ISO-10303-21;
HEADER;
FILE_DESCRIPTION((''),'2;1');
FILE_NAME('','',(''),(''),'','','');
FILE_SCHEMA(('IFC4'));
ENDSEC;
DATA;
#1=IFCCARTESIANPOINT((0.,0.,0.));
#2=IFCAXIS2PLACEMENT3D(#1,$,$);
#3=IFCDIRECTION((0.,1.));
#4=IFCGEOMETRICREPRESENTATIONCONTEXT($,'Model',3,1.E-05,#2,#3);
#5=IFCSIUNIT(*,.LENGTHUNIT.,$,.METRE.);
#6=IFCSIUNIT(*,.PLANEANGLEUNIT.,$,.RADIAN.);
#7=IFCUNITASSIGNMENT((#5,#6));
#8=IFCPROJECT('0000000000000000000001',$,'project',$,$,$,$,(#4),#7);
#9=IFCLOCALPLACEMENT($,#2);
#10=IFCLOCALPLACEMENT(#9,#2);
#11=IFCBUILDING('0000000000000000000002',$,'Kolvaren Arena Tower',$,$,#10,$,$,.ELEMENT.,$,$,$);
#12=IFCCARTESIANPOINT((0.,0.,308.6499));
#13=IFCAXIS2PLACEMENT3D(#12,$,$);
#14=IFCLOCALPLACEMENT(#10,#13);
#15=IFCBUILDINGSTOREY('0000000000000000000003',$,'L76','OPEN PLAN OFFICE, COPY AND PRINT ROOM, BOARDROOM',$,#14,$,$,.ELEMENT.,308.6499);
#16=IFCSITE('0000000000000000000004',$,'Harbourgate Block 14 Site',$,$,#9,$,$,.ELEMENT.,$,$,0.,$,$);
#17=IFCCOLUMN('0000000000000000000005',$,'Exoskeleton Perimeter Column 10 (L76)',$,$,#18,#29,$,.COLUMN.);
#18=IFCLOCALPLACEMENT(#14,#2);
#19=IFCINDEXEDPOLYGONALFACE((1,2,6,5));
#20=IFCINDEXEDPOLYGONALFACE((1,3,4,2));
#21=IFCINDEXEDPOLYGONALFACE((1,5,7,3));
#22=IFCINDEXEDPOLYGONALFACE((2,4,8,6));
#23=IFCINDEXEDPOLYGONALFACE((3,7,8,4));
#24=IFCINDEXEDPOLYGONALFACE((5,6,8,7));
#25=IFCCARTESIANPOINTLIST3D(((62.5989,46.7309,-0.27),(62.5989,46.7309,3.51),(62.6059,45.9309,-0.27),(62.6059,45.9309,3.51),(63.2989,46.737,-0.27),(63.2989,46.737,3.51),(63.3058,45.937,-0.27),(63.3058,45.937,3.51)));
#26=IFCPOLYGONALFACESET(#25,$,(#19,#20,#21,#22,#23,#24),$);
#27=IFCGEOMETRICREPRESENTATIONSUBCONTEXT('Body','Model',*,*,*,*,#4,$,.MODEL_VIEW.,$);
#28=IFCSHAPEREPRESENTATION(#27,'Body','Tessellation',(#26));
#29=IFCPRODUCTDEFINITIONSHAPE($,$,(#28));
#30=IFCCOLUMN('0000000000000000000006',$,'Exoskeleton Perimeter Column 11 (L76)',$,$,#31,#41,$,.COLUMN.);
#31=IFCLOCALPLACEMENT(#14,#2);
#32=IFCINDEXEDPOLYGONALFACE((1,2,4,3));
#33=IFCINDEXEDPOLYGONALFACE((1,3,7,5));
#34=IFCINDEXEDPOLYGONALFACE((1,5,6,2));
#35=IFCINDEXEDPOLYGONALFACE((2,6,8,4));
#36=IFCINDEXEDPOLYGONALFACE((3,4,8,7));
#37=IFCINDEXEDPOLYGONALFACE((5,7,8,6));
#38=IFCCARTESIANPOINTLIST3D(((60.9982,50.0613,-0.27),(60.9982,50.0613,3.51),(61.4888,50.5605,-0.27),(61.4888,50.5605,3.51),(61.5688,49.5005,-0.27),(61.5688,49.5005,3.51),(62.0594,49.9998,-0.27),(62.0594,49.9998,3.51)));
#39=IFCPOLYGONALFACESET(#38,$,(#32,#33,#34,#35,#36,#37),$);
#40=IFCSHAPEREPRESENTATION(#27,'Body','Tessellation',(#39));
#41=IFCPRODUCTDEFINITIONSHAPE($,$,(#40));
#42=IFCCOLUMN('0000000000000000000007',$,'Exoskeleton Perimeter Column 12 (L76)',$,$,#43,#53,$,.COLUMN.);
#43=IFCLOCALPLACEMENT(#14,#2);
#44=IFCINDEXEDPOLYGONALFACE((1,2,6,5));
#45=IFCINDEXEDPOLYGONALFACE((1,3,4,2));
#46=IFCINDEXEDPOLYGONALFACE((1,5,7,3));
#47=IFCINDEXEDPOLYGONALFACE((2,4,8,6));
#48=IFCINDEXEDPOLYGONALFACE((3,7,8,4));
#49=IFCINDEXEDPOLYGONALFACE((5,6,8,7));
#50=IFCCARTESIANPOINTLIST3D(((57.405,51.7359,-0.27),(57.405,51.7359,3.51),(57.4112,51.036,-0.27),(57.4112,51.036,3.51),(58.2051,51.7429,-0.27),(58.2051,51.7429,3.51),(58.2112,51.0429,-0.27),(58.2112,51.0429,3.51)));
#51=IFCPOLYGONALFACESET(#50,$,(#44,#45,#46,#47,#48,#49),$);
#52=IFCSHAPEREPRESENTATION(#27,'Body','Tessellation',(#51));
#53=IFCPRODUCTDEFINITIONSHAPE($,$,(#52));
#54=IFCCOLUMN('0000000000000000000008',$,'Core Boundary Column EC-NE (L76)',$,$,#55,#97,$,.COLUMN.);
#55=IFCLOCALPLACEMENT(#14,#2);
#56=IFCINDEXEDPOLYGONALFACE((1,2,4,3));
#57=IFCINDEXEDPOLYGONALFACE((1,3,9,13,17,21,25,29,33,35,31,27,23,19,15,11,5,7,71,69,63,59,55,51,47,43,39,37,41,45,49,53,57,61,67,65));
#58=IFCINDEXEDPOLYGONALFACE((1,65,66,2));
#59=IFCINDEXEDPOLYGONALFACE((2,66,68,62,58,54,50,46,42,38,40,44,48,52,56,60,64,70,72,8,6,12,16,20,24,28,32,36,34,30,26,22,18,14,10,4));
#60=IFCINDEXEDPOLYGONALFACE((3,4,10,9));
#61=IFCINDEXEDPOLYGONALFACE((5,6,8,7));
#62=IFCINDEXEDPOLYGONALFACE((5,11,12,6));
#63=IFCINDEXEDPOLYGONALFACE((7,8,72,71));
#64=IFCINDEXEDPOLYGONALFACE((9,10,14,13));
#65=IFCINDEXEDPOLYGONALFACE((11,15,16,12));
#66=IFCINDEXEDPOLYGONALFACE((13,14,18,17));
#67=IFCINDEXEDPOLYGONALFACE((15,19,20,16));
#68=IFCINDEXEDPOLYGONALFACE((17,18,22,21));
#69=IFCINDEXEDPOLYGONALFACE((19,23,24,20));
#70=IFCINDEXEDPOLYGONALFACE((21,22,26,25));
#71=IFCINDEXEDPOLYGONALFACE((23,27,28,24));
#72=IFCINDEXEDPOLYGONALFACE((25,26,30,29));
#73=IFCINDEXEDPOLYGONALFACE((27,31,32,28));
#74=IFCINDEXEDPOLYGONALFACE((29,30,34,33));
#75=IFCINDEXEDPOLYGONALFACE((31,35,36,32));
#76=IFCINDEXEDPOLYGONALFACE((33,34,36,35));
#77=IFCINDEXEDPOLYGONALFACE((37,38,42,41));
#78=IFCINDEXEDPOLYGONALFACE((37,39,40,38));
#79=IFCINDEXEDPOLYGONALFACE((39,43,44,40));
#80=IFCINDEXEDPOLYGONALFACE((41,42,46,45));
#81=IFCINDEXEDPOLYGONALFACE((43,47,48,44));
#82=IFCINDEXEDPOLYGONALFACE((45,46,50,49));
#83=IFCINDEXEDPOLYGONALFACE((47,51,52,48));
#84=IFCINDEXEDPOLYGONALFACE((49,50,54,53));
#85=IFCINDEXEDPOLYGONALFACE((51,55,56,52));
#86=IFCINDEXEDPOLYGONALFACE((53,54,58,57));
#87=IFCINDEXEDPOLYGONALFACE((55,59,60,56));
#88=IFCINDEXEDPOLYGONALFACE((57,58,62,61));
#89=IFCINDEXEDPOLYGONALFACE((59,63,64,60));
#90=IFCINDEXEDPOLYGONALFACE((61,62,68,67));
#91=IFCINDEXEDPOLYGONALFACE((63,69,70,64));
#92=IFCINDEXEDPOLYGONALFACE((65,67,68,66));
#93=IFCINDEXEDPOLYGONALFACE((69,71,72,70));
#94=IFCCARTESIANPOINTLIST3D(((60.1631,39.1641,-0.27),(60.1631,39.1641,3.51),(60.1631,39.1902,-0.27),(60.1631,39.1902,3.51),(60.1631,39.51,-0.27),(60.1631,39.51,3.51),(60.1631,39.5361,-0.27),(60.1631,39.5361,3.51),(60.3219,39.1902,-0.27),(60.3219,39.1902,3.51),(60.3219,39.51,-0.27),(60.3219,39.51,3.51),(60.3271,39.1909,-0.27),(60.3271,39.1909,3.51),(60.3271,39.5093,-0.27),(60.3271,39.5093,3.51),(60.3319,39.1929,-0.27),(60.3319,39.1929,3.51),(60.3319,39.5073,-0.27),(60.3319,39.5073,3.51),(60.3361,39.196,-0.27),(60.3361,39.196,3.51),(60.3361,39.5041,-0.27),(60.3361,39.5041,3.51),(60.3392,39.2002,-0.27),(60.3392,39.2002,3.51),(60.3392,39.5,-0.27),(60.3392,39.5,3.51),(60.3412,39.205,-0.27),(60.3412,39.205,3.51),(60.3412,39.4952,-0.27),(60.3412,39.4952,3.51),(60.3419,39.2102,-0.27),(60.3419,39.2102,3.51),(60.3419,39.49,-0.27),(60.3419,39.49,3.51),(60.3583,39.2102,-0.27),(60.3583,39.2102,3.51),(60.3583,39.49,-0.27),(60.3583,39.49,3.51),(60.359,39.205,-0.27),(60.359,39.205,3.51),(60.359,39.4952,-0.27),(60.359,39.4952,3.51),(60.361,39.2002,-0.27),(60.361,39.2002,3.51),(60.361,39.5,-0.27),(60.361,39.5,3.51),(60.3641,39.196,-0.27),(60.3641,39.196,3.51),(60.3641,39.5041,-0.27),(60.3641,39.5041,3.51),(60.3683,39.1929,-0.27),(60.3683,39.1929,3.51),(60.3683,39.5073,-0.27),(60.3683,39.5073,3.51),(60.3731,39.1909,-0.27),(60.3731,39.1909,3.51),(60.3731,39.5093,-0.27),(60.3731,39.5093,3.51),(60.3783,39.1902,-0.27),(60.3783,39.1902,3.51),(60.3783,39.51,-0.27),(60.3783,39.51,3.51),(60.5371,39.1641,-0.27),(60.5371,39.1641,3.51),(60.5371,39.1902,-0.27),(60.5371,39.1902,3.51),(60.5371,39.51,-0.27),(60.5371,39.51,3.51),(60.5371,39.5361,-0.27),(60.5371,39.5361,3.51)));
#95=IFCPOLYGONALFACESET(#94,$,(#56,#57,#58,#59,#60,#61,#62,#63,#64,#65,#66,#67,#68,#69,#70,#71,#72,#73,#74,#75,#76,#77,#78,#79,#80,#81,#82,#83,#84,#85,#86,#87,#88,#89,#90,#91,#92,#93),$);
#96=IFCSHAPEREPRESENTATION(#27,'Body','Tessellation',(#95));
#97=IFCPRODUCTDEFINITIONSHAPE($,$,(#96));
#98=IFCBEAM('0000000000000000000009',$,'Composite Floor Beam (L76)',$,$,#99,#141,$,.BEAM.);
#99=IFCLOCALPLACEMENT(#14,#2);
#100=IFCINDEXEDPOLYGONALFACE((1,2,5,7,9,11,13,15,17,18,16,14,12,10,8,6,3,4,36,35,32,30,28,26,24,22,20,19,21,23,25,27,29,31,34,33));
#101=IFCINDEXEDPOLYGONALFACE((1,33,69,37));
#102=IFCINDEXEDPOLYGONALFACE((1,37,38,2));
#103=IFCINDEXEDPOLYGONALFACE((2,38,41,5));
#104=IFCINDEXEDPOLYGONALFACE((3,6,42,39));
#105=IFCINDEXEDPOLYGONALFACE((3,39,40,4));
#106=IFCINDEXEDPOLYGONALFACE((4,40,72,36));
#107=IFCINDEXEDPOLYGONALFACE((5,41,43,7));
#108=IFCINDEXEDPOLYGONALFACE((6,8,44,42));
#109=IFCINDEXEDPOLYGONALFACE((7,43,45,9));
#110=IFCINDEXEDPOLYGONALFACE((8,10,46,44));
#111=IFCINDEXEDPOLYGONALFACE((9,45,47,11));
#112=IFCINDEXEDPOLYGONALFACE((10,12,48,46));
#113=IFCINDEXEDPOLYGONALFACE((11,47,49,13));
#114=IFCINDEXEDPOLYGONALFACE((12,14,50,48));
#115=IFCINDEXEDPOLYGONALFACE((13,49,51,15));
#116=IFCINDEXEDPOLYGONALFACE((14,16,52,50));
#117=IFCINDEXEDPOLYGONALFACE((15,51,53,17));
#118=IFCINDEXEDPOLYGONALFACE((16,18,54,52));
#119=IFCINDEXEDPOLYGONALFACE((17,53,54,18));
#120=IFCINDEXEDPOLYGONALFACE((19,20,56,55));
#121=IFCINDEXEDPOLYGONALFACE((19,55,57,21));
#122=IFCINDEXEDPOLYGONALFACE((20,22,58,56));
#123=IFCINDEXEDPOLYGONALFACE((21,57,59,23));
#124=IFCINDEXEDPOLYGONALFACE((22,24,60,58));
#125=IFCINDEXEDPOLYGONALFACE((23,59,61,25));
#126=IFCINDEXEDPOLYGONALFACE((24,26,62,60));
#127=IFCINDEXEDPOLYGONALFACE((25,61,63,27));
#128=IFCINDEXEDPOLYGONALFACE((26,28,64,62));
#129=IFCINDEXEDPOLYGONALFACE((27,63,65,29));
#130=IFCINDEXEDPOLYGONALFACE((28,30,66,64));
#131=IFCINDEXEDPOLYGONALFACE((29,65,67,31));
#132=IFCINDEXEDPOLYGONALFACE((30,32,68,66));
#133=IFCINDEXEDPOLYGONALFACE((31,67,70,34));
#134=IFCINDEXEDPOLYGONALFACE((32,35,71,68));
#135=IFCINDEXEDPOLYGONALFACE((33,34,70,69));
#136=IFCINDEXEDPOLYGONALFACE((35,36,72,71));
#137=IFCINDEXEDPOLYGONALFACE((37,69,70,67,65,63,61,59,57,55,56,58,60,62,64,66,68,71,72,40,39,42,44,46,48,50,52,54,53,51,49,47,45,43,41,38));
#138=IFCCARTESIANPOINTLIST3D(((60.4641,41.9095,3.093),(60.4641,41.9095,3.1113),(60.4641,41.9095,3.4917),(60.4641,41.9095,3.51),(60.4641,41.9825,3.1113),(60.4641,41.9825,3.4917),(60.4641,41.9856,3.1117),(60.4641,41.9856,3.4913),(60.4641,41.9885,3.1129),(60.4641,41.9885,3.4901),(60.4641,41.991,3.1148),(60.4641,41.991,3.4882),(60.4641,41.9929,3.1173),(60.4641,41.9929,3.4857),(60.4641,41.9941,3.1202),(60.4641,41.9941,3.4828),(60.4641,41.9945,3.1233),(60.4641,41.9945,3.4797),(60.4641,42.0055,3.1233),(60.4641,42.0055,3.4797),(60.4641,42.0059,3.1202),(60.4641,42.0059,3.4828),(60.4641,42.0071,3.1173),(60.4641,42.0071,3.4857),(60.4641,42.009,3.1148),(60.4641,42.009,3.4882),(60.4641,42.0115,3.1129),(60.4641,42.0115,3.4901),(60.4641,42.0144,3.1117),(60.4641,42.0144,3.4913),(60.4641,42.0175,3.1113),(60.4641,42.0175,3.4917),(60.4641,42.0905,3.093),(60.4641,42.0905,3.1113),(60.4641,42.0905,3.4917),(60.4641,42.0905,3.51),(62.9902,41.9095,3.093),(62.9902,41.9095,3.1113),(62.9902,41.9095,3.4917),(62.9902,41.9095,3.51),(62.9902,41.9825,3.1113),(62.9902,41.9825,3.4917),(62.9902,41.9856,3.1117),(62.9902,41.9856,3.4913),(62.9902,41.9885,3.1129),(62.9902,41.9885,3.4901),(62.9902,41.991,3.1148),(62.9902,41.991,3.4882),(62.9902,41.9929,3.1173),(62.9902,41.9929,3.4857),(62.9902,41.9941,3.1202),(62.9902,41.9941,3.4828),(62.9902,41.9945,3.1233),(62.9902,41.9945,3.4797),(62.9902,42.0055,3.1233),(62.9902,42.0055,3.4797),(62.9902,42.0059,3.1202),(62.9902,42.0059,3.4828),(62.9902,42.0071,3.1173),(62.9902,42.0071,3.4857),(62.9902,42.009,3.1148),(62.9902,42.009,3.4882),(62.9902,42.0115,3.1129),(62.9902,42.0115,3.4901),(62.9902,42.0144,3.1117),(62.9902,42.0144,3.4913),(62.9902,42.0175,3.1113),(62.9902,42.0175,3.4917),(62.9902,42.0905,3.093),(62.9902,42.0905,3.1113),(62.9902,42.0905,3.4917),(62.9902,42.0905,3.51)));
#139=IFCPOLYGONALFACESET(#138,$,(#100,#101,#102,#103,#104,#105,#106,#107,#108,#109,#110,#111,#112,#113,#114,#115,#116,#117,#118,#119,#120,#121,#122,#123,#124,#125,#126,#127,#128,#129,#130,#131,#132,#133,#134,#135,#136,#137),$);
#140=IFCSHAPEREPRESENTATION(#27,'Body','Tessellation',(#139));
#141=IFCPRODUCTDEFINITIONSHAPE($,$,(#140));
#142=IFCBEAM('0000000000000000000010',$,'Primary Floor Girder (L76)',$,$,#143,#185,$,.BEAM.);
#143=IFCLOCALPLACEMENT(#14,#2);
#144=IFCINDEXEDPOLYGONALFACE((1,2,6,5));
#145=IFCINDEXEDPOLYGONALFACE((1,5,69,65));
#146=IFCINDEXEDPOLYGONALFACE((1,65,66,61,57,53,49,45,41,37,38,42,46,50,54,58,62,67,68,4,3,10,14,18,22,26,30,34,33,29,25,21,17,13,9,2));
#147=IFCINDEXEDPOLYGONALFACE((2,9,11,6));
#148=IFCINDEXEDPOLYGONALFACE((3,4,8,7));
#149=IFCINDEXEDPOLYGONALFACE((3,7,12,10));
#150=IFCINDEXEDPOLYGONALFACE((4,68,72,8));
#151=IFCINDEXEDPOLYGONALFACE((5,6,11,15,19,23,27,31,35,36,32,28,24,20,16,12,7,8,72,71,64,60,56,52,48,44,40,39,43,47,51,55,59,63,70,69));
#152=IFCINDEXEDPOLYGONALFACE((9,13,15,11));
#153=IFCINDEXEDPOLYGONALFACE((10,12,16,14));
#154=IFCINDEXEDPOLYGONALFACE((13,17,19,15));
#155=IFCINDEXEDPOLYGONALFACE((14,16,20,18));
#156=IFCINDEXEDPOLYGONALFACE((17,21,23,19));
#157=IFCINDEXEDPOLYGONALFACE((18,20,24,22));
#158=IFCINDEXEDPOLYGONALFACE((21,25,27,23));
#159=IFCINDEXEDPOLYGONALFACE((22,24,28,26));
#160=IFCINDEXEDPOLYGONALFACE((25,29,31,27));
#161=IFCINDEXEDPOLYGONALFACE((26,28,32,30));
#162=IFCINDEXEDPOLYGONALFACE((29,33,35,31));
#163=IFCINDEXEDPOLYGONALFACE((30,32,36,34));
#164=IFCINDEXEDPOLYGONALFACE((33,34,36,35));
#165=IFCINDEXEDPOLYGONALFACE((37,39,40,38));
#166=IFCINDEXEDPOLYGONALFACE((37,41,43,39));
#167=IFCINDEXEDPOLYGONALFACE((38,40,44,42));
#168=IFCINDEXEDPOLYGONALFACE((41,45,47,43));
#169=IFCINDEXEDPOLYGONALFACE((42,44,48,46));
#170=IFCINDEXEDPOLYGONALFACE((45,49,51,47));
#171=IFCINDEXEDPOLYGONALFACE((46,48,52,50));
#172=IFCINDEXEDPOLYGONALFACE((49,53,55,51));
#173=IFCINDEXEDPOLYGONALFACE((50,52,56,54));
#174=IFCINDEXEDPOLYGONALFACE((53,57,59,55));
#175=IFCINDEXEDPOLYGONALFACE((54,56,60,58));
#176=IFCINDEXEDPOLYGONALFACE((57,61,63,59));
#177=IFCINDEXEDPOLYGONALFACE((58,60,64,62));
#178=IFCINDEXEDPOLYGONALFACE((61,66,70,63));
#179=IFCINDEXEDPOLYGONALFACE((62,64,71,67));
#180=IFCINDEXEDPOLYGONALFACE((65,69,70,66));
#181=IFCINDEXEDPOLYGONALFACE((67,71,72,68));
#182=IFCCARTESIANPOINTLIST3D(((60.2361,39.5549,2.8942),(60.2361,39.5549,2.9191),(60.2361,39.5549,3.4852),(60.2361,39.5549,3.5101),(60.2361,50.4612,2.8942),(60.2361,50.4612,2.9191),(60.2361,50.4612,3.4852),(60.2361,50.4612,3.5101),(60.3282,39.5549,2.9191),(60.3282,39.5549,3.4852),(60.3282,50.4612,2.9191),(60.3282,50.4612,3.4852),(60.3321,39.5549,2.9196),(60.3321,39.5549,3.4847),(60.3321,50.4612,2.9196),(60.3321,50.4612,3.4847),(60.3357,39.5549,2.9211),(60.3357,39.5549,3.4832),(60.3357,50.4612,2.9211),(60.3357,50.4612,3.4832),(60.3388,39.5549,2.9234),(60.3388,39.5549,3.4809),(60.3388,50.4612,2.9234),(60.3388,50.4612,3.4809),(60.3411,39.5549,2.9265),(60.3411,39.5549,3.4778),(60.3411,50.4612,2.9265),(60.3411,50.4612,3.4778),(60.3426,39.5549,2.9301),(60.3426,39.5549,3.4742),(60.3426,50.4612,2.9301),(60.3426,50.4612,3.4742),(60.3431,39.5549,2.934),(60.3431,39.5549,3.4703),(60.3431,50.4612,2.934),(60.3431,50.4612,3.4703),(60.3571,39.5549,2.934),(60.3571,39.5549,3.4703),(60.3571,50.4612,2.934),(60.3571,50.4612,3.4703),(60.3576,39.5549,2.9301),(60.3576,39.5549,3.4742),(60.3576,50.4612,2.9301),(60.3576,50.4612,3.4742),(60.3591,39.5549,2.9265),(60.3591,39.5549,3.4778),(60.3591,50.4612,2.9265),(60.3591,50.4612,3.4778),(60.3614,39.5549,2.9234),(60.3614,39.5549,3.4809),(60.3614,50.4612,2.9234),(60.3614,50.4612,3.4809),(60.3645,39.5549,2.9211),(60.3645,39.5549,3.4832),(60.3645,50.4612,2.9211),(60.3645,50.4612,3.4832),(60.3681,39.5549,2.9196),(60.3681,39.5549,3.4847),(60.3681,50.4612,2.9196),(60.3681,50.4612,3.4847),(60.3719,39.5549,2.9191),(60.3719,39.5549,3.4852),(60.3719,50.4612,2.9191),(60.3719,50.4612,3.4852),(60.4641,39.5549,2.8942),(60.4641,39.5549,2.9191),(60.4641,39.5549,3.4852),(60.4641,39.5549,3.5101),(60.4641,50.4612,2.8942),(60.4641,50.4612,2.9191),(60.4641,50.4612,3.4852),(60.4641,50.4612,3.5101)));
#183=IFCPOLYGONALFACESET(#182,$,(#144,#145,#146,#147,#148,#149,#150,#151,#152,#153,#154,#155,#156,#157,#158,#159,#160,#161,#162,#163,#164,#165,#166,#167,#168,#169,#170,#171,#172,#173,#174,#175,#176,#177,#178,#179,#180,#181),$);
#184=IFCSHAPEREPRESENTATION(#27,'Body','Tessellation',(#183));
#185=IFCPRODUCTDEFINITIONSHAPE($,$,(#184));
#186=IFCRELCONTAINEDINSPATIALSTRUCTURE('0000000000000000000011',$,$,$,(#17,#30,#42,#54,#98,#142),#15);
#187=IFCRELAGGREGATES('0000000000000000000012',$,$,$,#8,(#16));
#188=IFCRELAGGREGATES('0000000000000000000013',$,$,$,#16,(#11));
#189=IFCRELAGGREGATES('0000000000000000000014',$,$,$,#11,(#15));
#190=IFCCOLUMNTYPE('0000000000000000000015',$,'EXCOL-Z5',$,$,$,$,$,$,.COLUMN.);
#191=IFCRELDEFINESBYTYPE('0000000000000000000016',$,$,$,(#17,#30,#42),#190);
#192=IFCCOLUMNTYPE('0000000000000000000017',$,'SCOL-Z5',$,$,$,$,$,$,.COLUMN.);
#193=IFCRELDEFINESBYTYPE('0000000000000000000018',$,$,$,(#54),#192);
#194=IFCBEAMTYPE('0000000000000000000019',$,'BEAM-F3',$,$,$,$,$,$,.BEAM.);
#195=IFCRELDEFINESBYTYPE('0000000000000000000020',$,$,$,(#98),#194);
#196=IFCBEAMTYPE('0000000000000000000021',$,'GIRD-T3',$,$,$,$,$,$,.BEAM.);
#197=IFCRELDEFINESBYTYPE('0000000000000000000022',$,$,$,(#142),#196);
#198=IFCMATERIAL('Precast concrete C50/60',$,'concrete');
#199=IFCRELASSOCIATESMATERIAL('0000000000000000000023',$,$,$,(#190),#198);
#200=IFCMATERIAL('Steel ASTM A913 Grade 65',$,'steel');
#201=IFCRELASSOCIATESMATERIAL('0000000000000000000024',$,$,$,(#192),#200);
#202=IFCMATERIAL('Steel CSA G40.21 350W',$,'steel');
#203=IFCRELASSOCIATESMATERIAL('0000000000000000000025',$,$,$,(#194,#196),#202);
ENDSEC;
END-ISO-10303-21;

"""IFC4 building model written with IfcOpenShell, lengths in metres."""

from ifc_helpers import new_model, si_unit, direction, frame, origin, origin_2d, place, context, subcontext, project, spatial, rectangle, i_section, extrude, material, material_profile, profile_set, type_object, element, save


model = new_model("IFC4")

# Units and contexts
model_context = context("Model", 3, precision=1e-05, world=origin(), true_north=direction((0.0, 1.0)))
body_context = subcontext(model_context, "Body", "Model", "MODEL_VIEW")
ifc_project = project(units=[si_unit("LENGTHUNIT", "METRE"), si_unit("PLANEANGLEUNIT", "RADIAN")], contexts=[model_context])

# Site, building, storey
site_placement = place(None, origin())
site = spatial("IfcSite", under=ifc_project, at=site_placement, Name="Harbourgate Block 14 Site", CompositionType="ELEMENT", RefElevation=0.0)
building_placement = place(site_placement, origin())
building = spatial("IfcBuilding", under=site, at=building_placement, Name="Kolvaren Arena Tower", CompositionType="ELEMENT")
storey_placement = place(building_placement, frame((0.0, 0.0, 308.6499)))
storey = spatial("IfcBuildingStorey", under=building, at=storey_placement, Name="L76", Description="OPEN PLAN OFFICE, COPY AND PRINT ROOM, BOARDROOM", CompositionType="ELEMENT", Elevation=308.6499)

# Columns
ifc_material_1 = material(Name="Precast concrete C50/60", Category="concrete")
ifc_material_profile_1 = material_profile(ifc_material_1, rectangle(XDim=0.8, YDim=0.7, at=origin_2d()), Name="RC-800x700")
ifc_profile_set_1 = profile_set([ifc_material_profile_1], Name="Precast concrete C50/60")
column_type_1 = type_object("IfcColumnType", Name="EXCOL-Z5", PredefinedType="COLUMN", material=ifc_profile_set_1)
for number, where, z_axis, x_axis, name in (
    (1, (62.9524, 46.334, -0.27), (0.0, 0.0, 1.0), (-0.008727, 0.999962, 0.0), "Exoskeleton Perimeter Column 10 (L76)"),
    (2, (61.5288, 50.0305, -0.27), (0.0, 0.0, 1.0), (-0.71325, 0.700909, 0.0), "Exoskeleton Perimeter Column 11 (L76)"),
    (3, (57.8081, 51.3894, -0.27), (0.0, 0.0, 1.0), (0.999962, 0.008727, 0.0), "Exoskeleton Perimeter Column 12 (L76)"),
):
    element("IfcColumn", number, at=place(storey_placement, frame(where, z_axis=z_axis, x_axis=x_axis)), inside=storey, type_object=column_type_1, Name=name, PredefinedType="COLUMN", context=body_context, shape_type="SweptSolid", body=[
        extrude(rectangle(XDim=0.8, YDim=0.7, at=origin_2d()), origin(), (0.0, 0.0, 1.0), 3.78),
    ])
ifc_material_2 = material(Name="Steel ASTM A913 Grade 65", Category="steel")
ifc_material_profile_2 = material_profile(ifc_material_2, i_section(OverallWidth=0.374, OverallDepth=0.3721, WebThickness=0.0164, FlangeThickness=0.0261, FilletRadius=0.02, at=origin_2d()), Name="W360x196")
ifc_profile_set_2 = profile_set([ifc_material_profile_2], Name="Steel ASTM A913 Grade 65")
column_type_2 = type_object("IfcColumnType", Name="SCOL-Z5", PredefinedType="COLUMN", material=ifc_profile_set_2)
column_placement = place(storey_placement, frame((60.3501, 39.3501, -0.27), z_axis=(0.0, 0.0, 1.0), x_axis=(1.0, 0.0, 0.0)))
element("IfcColumn", 4, at=column_placement, inside=storey, type_object=column_type_2, Name="Core Boundary Column EC-NE (L76)", PredefinedType="COLUMN", context=body_context, shape_type="SweptSolid", body=[
    extrude(i_section(OverallWidth=0.374, OverallDepth=0.3721, WebThickness=0.0164, FlangeThickness=0.0261, FilletRadius=0.02, at=origin_2d()), origin(), (0.0, 0.0, 1.0), 3.78),
])

# Beams
ifc_material_3 = material(Name="Steel CSA G40.21 350W", Category="steel")
ifc_material_profile_3 = material_profile(ifc_material_3, i_section(OverallWidth=0.1809, OverallDepth=0.417, WebThickness=0.011, FlangeThickness=0.0183, FilletRadius=0.012, at=origin_2d()), Name="W410x85")
ifc_profile_set_3 = profile_set([ifc_material_profile_3], Name="Steel CSA G40.21 350W")
beam_type_1 = type_object("IfcBeamType", Name="BEAM-F3", PredefinedType="BEAM", material=ifc_profile_set_3)
beam_1_placement = place(storey_placement, frame((60.4641, 42.0, 3.3015), z_axis=(1.0, 0.0, 0.0), x_axis=(0.0, 1.0, 0.0)))
element("IfcBeam", 5, at=beam_1_placement, inside=storey, type_object=beam_type_1, Name="Composite Floor Beam (L76)", PredefinedType="BEAM", context=body_context, shape_type="SweptSolid", body=[
    extrude(i_section(OverallWidth=0.1809, OverallDepth=0.417, WebThickness=0.011, FlangeThickness=0.0183, FilletRadius=0.012, at=origin_2d()), origin(), (0.0, 0.0, 1.0), 2.5261),
])
ifc_material_profile_4 = material_profile(ifc_material_3, i_section(OverallWidth=0.228, OverallDepth=0.616, WebThickness=0.0139, FlangeThickness=0.0249, FilletRadius=0.0149, at=origin_2d()), Name="W610x174")
ifc_profile_set_4 = profile_set([ifc_material_profile_4], Name="Steel CSA G40.21 350W")
beam_type_2 = type_object("IfcBeamType", Name="GIRD-T3", PredefinedType="BEAM", material=ifc_profile_set_4)
beam_2_placement = place(storey_placement, frame((60.3501, 39.5549, 3.2021), z_axis=(0.0, 1.0, 0.0), x_axis=(-1.0, 0.0, 0.0)))
element("IfcBeam", 6, at=beam_2_placement, inside=storey, type_object=beam_type_2, Name="Primary Floor Girder (L76)", PredefinedType="BEAM", context=body_context, shape_type="SweptSolid", body=[
    extrude(i_section(OverallWidth=0.228, OverallDepth=0.616, WebThickness=0.0139, FlangeThickness=0.0249, FilletRadius=0.0149, at=origin_2d()), origin(), (0.0, 0.0, 1.0), 10.9062),
])

save(model, "model.ifc")
